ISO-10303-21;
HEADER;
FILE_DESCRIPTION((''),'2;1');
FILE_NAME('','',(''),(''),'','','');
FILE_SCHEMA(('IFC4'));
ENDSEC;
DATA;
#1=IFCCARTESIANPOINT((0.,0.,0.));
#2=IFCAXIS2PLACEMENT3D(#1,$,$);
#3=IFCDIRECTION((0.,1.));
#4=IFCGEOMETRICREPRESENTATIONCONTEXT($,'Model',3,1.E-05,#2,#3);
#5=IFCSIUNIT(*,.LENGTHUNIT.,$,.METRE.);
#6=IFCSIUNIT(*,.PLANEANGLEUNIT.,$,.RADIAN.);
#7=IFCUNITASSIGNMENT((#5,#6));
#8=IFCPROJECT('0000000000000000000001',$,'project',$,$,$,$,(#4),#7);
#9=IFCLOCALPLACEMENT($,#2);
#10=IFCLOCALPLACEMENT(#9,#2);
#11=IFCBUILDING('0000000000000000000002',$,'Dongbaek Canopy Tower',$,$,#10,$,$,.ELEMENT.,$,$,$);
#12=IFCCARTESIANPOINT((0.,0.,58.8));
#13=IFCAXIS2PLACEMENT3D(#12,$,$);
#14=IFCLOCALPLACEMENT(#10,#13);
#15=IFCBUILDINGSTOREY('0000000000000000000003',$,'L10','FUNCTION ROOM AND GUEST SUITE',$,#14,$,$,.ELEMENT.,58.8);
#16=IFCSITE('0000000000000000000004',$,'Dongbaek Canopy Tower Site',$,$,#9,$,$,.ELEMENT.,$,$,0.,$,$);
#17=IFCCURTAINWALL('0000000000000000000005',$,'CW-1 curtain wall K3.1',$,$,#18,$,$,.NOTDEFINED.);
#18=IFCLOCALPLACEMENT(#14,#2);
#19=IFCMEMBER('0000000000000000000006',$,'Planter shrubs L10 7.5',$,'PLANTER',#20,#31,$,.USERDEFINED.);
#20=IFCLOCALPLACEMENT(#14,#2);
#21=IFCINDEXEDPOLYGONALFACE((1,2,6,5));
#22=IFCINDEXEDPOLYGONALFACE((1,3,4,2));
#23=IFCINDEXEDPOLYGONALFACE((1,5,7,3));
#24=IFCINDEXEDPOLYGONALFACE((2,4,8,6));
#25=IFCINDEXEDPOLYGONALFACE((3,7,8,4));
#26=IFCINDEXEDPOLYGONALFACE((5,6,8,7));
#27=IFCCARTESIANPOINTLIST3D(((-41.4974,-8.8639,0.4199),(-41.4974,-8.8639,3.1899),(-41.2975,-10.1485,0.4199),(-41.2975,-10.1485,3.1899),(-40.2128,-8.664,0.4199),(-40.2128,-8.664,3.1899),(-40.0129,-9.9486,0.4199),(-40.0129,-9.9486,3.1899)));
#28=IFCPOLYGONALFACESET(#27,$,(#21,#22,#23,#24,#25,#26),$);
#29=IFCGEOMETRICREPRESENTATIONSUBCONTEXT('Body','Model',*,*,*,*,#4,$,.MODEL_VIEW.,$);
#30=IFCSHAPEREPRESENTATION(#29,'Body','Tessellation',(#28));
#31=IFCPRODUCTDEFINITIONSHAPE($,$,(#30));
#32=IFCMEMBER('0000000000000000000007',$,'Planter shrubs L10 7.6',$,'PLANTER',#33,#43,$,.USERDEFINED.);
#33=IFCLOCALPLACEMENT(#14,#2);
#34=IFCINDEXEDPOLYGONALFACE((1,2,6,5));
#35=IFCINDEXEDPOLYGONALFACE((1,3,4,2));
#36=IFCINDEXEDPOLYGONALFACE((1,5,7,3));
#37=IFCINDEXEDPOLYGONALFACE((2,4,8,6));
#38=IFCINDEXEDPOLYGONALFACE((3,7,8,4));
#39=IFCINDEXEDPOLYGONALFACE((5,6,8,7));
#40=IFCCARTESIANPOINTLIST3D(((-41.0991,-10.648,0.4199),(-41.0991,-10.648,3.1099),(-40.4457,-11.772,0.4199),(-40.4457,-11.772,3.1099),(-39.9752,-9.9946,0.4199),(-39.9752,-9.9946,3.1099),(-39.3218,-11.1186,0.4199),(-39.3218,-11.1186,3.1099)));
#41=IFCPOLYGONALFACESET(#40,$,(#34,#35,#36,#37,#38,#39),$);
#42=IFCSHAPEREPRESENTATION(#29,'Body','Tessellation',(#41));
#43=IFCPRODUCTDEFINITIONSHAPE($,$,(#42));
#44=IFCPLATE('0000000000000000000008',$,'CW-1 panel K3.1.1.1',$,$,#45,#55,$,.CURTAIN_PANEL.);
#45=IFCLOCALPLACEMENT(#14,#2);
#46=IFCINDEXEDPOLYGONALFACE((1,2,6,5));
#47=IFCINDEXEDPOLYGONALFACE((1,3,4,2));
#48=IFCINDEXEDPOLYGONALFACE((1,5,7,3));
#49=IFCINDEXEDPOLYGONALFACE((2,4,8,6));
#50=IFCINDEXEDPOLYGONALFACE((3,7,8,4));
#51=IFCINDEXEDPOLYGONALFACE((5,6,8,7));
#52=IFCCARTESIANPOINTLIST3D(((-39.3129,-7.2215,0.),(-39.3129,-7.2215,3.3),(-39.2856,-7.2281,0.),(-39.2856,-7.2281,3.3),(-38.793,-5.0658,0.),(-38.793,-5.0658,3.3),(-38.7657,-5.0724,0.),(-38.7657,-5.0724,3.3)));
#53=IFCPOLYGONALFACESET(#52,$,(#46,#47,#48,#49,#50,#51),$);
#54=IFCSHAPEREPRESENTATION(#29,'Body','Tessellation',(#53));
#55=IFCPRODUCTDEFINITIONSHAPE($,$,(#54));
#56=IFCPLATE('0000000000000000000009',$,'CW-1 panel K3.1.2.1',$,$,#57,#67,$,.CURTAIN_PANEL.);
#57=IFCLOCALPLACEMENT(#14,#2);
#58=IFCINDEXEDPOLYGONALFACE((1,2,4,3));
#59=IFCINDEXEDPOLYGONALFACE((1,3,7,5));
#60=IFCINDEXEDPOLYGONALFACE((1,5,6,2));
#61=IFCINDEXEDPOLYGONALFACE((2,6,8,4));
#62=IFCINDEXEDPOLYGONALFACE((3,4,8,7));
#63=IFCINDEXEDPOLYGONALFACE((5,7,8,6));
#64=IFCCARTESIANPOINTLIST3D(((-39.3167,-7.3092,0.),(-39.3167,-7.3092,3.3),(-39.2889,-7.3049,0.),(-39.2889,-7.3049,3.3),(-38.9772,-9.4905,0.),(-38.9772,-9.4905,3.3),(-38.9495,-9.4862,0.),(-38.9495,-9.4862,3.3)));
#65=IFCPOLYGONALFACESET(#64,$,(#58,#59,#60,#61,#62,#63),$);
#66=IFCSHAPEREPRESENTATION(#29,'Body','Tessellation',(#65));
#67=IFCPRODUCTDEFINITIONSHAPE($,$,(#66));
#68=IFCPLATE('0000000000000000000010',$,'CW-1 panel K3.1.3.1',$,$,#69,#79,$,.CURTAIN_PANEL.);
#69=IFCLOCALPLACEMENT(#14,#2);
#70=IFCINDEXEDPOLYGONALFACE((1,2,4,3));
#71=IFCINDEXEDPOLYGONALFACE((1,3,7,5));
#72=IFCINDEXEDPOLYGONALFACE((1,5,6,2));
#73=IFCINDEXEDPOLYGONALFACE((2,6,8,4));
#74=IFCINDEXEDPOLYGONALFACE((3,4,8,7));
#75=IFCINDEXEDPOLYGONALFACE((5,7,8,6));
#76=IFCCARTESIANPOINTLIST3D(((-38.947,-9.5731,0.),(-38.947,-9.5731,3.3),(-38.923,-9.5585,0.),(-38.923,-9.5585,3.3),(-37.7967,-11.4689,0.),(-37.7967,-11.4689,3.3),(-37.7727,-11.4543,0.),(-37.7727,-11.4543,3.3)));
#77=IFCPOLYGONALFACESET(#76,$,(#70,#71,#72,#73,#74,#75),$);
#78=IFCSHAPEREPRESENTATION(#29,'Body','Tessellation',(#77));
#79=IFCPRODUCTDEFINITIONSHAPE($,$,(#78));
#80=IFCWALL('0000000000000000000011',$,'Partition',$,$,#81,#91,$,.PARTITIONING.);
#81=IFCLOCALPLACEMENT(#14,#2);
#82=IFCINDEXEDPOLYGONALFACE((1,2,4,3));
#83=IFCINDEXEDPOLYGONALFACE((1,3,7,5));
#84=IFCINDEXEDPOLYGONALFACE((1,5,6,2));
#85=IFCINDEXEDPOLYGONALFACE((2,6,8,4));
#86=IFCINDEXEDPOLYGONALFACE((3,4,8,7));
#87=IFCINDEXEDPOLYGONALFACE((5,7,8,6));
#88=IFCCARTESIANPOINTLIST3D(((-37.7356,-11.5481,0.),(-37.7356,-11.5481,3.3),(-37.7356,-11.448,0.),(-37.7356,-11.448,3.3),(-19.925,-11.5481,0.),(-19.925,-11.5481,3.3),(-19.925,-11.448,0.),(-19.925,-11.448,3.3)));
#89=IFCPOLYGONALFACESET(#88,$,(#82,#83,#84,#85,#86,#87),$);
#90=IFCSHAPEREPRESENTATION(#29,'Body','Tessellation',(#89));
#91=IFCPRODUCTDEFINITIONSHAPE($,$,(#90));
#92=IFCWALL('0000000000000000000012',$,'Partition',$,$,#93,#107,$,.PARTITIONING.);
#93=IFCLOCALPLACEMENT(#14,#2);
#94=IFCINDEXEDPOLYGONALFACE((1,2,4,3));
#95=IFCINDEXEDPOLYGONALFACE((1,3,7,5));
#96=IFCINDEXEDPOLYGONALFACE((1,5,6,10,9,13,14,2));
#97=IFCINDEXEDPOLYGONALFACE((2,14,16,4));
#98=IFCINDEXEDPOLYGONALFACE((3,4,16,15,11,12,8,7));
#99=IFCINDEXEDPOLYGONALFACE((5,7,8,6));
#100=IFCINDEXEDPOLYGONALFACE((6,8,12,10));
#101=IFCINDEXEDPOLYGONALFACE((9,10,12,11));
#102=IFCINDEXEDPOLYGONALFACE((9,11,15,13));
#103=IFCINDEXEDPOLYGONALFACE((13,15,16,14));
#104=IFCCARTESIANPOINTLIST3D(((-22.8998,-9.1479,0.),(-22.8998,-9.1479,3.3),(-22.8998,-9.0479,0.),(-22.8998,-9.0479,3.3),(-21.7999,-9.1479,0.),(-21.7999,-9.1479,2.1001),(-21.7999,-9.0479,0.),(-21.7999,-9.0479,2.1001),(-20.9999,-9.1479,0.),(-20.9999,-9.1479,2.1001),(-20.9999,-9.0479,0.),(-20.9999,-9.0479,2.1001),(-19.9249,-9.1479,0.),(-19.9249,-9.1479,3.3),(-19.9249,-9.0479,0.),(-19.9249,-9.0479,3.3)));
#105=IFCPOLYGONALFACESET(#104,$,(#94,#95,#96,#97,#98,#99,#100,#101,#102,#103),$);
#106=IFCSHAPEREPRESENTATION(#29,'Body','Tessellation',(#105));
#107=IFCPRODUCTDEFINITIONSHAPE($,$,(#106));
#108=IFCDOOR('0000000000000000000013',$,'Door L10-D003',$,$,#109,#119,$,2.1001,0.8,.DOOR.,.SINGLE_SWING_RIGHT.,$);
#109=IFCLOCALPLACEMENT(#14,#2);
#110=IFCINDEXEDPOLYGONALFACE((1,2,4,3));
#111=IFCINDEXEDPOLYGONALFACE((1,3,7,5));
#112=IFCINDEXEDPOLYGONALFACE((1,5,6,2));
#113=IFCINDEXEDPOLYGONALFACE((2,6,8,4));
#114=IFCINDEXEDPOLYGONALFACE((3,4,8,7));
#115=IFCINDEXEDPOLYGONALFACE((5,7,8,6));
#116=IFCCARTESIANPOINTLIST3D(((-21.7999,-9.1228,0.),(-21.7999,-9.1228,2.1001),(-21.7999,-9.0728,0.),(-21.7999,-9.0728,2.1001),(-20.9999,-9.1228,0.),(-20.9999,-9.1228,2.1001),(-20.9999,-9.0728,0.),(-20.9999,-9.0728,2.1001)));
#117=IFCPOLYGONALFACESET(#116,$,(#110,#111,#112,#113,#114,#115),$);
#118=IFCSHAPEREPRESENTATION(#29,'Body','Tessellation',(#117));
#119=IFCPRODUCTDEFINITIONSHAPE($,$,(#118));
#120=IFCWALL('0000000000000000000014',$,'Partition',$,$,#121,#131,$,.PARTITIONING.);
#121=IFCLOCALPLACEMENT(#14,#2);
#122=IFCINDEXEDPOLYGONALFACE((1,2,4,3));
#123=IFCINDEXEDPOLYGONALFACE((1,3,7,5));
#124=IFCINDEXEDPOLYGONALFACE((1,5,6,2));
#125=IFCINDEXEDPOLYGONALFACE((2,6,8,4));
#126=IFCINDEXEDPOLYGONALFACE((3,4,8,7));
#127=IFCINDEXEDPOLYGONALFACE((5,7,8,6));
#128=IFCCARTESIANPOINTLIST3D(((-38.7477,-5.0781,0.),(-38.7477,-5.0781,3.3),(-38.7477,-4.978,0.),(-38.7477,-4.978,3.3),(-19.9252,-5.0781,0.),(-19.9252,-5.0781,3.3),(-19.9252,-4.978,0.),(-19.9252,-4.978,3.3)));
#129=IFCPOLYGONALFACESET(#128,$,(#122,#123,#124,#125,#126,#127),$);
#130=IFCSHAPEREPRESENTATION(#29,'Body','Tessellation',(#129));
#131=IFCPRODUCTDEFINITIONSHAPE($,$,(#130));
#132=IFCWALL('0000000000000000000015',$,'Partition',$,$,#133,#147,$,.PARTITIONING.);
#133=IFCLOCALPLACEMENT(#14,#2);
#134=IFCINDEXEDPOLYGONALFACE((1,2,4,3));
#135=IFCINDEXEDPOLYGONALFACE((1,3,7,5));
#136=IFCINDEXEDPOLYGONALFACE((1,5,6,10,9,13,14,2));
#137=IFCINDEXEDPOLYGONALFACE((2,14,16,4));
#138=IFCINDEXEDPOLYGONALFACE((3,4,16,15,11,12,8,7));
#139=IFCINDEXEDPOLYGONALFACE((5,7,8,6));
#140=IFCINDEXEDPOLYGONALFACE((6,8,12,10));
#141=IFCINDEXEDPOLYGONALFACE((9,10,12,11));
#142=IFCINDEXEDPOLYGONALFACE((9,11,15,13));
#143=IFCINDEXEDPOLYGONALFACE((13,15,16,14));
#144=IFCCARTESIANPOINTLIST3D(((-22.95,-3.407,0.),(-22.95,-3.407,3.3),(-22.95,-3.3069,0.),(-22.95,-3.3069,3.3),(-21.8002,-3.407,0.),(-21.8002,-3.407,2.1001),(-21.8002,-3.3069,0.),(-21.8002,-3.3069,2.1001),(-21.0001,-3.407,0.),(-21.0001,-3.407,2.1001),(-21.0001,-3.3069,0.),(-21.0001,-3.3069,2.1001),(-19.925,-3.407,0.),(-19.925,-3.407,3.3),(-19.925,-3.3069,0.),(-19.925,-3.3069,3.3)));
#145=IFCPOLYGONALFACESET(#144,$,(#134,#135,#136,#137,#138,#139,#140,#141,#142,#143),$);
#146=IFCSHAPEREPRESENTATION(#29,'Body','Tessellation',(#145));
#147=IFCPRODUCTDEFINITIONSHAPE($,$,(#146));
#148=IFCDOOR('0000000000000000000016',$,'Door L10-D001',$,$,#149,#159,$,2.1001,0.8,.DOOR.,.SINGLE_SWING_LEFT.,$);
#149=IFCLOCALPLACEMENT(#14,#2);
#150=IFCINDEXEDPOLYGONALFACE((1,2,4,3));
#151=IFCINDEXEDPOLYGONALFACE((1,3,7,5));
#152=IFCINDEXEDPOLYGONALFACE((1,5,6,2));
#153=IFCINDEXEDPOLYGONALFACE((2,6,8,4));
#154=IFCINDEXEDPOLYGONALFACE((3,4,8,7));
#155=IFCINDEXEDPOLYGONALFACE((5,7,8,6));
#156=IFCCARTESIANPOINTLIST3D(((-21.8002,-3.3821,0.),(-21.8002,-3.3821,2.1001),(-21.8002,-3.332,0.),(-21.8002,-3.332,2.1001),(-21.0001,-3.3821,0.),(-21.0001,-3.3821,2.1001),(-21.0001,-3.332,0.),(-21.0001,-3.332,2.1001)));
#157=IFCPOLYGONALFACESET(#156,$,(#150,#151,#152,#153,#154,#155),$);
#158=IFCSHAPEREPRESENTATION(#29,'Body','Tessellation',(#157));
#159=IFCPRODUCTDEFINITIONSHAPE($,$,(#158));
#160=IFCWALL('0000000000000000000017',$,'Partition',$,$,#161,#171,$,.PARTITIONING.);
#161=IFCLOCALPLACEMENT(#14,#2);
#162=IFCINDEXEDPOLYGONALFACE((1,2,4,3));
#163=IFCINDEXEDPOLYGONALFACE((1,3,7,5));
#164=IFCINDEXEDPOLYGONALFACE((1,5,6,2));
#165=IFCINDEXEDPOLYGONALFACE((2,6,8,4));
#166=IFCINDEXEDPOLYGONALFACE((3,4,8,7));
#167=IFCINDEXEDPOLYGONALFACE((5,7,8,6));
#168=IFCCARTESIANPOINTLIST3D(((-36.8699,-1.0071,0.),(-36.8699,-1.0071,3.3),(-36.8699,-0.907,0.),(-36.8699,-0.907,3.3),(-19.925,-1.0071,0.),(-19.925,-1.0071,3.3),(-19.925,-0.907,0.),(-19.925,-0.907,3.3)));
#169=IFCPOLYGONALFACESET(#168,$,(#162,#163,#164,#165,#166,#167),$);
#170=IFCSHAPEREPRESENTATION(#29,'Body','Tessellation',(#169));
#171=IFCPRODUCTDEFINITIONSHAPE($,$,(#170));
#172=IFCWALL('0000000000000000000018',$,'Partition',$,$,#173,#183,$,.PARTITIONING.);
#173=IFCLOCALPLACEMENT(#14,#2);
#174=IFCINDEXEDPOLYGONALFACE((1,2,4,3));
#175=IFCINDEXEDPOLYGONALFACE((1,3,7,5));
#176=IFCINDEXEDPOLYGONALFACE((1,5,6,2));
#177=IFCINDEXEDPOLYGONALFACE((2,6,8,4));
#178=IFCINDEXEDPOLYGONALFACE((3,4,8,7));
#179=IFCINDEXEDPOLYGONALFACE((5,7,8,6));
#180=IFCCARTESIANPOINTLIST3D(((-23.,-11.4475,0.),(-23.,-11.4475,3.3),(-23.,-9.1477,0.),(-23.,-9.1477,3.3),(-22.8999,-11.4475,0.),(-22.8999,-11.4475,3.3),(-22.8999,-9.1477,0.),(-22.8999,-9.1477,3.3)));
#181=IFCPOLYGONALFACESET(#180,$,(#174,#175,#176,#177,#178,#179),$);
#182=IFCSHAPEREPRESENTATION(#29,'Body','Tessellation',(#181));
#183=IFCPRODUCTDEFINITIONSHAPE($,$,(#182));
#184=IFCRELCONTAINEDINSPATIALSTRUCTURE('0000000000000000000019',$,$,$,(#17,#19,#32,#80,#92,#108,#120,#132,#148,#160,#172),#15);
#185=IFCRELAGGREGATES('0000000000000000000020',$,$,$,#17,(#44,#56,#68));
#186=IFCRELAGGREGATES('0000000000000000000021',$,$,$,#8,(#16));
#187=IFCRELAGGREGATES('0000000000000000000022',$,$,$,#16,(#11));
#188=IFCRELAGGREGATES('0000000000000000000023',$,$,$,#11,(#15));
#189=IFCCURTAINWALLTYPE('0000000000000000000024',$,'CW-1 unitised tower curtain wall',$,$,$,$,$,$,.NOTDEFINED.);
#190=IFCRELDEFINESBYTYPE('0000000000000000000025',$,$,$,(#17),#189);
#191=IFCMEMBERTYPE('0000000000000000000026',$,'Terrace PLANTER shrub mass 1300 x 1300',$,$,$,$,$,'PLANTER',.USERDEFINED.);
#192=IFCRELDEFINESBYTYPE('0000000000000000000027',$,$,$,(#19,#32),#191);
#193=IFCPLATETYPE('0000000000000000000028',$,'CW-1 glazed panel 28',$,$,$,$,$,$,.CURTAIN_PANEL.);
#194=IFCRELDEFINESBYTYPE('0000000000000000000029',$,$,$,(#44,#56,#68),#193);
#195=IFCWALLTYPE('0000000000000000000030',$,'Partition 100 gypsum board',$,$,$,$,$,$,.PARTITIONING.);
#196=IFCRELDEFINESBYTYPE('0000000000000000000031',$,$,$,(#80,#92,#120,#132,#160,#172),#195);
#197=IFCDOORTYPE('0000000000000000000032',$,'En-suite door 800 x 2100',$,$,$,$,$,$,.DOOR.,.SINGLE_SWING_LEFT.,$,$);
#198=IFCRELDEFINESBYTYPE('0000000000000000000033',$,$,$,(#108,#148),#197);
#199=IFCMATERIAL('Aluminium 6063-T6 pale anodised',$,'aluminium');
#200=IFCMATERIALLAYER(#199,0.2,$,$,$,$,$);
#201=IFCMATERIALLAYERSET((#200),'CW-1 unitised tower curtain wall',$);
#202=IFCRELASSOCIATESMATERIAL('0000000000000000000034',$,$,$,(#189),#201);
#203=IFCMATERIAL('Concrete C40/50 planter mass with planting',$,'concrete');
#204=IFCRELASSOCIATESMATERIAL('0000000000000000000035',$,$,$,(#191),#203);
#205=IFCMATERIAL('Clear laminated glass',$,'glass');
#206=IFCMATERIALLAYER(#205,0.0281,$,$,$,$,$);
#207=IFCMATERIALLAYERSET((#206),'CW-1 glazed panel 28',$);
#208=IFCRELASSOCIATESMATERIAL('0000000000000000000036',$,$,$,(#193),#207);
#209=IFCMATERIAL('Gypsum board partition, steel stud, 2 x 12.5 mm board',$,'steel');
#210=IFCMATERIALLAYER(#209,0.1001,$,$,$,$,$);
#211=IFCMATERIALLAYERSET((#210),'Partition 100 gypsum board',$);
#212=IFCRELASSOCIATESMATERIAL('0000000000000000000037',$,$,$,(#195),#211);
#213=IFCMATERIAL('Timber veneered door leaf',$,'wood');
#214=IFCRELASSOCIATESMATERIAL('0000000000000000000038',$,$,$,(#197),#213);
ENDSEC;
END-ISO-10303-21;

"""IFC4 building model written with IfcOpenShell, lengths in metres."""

from ifc_helpers import new_model, si_unit, direction, frame, frame_2d, origin, origin_2d, place, context, subcontext, project, spatial, rectangle, extrude, material, layer, layer_set, material_profile, profile_set, type_object, element, fill, aggregate, save


model = new_model("IFC4")

# Units and contexts
model_context = context("Model", 3, precision=1e-05, world=origin(), true_north=direction((0.0, 1.0)))
body_context = subcontext(model_context, "Body", "Model", "MODEL_VIEW")
ifc_project = project(units=[si_unit("LENGTHUNIT", "METRE"), si_unit("PLANEANGLEUNIT", "RADIAN")], contexts=[model_context])

# Site, building, storey
site_placement = place(None, origin())
site = spatial("IfcSite", under=ifc_project, at=site_placement, Name="Dongbaek Canopy Tower Site", CompositionType="ELEMENT", RefElevation=0.0)
building_placement = place(site_placement, origin())
building = spatial("IfcBuilding", under=site, at=building_placement, Name="Dongbaek Canopy Tower", CompositionType="ELEMENT")
storey_placement = place(building_placement, frame((0.0, 0.0, 58.8)))
storey = spatial("IfcBuildingStorey", under=building, at=storey_placement, Name="L10", Description="FUNCTION ROOM AND GUEST SUITE", CompositionType="ELEMENT", Elevation=58.8)

# Curtain wall
ifc_material_1 = material(Name="Aluminium 6063-T6 pale anodised", Category="aluminium")
ifc_layer_1 = layer(ifc_material_1, 0.2)
ifc_layer_set_1 = layer_set([ifc_layer_1], Name="CW-1 unitised tower curtain wall")
curtain_wall_type = type_object("IfcCurtainWallType", Name="CW-1 unitised tower curtain wall", PredefinedType="NOTDEFINED", material=ifc_layer_set_1)
curtain_wall_1_placement = place(storey_placement, origin())
curtain_wall_1 = element("IfcCurtainWall", 1, at=curtain_wall_1_placement, inside=storey, type_object=curtain_wall_type, Name="CW-1 curtain wall K3.1", PredefinedType="NOTDEFINED")

# Members
ifc_material_2 = material(Name="Concrete C40/50 planter mass with planting", Category="concrete")
ifc_material_profile_1 = material_profile(ifc_material_2, rectangle(XDim=1.3, YDim=1.3, at=origin_2d()), Name="Terrace PLANTER shrub mass 1300 x 1300")
ifc_profile_set_1 = profile_set([ifc_material_profile_1], Name="Concrete C40/50 planter mass with planting")
member_type_1 = type_object("IfcMemberType", Name="Terrace PLANTER shrub mass 1300 x 1300", ElementType="PLANTER", PredefinedType="USERDEFINED", material=ifc_profile_set_1)
member_1_placement = place(storey_placement, frame((-40.7551, -9.4062, 0.4199), z_axis=(0.0, 0.0, 1.0), x_axis=(-0.988106, -0.153774, 0.0)))
element("IfcMember", 2, at=member_1_placement, inside=storey, type_object=member_type_1, Name="Planter shrubs L10 7.5", ObjectType="PLANTER", PredefinedType="USERDEFINED", context=body_context, shape_type="SweptSolid", body=[
    extrude(rectangle(XDim=1.3, YDim=1.3, at=origin_2d()), origin(), (0.0, 0.0, 1.0), 2.77),
])
member_2_placement = place(storey_placement, frame((-40.2104, -10.8833, 0.4199), z_axis=(0.0, 0.0, 1.0), x_axis=(-0.864536, -0.502571, 0.0)))
element("IfcMember", 3, at=member_2_placement, inside=storey, type_object=member_type_1, Name="Planter shrubs L10 7.6", ObjectType="PLANTER", PredefinedType="USERDEFINED", context=body_context, shape_type="SweptSolid", body=[
    extrude(rectangle(XDim=1.3, YDim=1.3, at=origin_2d()), origin(), (0.0, 0.0, 1.0), 2.6899),
])

# Plates
ifc_material_3 = material(Name="Clear laminated glass", Category="glass")
ifc_layer_2 = layer(ifc_material_3, 0.0281)
ifc_layer_set_2 = layer_set([ifc_layer_2], Name="CW-1 glazed panel 28")
plate_type = type_object("IfcPlateType", Name="CW-1 glazed panel 28", PredefinedType="CURTAIN_PANEL", material=ifc_layer_set_2)
plate_1_placement = place(storey_placement, frame((-39.0393, -6.147, 0.0), z_axis=(0.0, 0.0, 1.0), x_axis=(-0.234426, -0.972134, 0.0)))
plate_1 = element("IfcPlate", 4, at=plate_1_placement, type_object=plate_type, Name="CW-1 panel K3.1.1.1", PredefinedType="CURTAIN_PANEL", context=body_context, shape_type="SweptSolid", body=[
    extrude(rectangle(XDim=2.2175, YDim=0.0281, at=origin_2d()), origin(), (0.0, 0.0, 1.0), 3.3),
])
plate_2_placement = place(storey_placement, frame((-39.1331, -8.3977, 0.0), z_axis=(0.0, 0.0, 1.0), x_axis=(0.153774, -0.988106, 0.0)))
plate_2 = element("IfcPlate", 5, at=plate_2_placement, type_object=plate_type, Name="CW-1 panel K3.1.2.1", PredefinedType="CURTAIN_PANEL", context=body_context, shape_type="SweptSolid", body=[
    extrude(rectangle(XDim=2.2075, YDim=0.0281, at=origin_2d()), origin(), (0.0, 0.0, 1.0), 3.3),
])
plate_3_placement = place(storey_placement, frame((-38.3599, -10.5137, 0.0), z_axis=(0.0, 0.0, 1.0), x_axis=(0.518762, -0.854919, 0.0)))
plate_3 = element("IfcPlate", 6, at=plate_3_placement, type_object=plate_type, Name="CW-1 panel K3.1.3.1", PredefinedType="CURTAIN_PANEL", context=body_context, shape_type="SweptSolid", body=[
    extrude(rectangle(XDim=2.2175, YDim=0.0281, at=origin_2d()), origin(), (0.0, 0.0, 1.0), 3.3),
])
aggregate(curtain_wall_1, [plate_1, plate_2, plate_3])

# Wall
ifc_material_4 = material(Name="Gypsum board partition, steel stud, 2 x 12.5 mm board", Category="steel")
ifc_layer_3 = layer(ifc_material_4, 0.1001)
ifc_layer_set_3 = layer_set([ifc_layer_3], Name="Partition 100 gypsum board")
wall_type_1 = type_object("IfcWallType", Name="Partition 100 gypsum board", PredefinedType="PARTITIONING", material=ifc_layer_set_3)
wall_1_placement = place(storey_placement, frame((-37.7356, -11.498, 0.0), z_axis=(0.0, 0.0, 1.0), x_axis=(1.0, 0.0, 0.0)))
element("IfcWall", 7, at=wall_1_placement, inside=storey, type_object=wall_type_1, Name="Partition", PredefinedType="PARTITIONING", context=body_context, shape_type="SweptSolid", body=[
    extrude(rectangle(XDim=17.8105, YDim=0.1001, at=frame_2d((8.9053, 0.0))), origin(), (0.0, 0.0, 1.0), 3.3),
])

# Wall, opening, door
wall_2_placement = place(storey_placement, frame((-19.925, -9.0979, 0.0), z_axis=(0.0, 0.0, 1.0), x_axis=(-1.0, 0.0, 0.0)))
wall_2 = element("IfcWall", 8, at=wall_2_placement, inside=storey, type_object=wall_type_1, Name="Partition", PredefinedType="PARTITIONING", context=body_context, shape_type="SweptSolid", body=[
    extrude(rectangle(XDim=2.9749, YDim=0.1001, at=frame_2d((1.4873, 0.0))), origin(), (0.0, 0.0, 1.0), 3.3),
])
opening_1_placement = place(wall_2_placement, frame((1.075, 0.0, 0.0)))
opening_1 = element("IfcOpeningElement", 9, at=opening_1_placement, cuts=wall_2, PredefinedType="OPENING", context=body_context, shape_type="SweptSolid", body=[
    extrude(rectangle(XDim=0.8, YDim=2.1001, at=frame_2d((0.3999, 1.05))), frame((0.0, 0.0601, 0.0), z_axis=(0.0, -1.0, 0.0), x_axis=(1.0, 0.0, 0.0)), (0.0, 0.0, 1.0), 0.1201),
])
ifc_material_5 = material(Name="Timber veneered door leaf", Category="wood")
door_type_1 = type_object("IfcDoorType", Name="En-suite door 800 x 2100", OperationType="SINGLE_SWING_LEFT", PredefinedType="DOOR", material=ifc_material_5)
door_1_placement = place(opening_1_placement, origin())
door_1 = element("IfcDoor", 10, at=door_1_placement, inside=storey, type_object=door_type_1, Name="Door L10-D003", OperationType="SINGLE_SWING_RIGHT", OverallHeight=2.1001, OverallWidth=0.8, PredefinedType="DOOR", context=body_context, shape_type="SweptSolid", body=[
    extrude(rectangle(XDim=0.8, YDim=2.1001, at=frame_2d((0.3999, 1.05))), frame((0.0, 0.0249, 0.0), z_axis=(0.0, -1.0, 0.0), x_axis=(1.0, 0.0, 0.0)), (0.0, 0.0, 1.0), 0.05),
])
fill(opening_1, door_1)

# Wall
wall_3_placement = place(storey_placement, frame((-38.7476, -5.0281, 0.0), z_axis=(0.0, 0.0, 1.0), x_axis=(1.0, 0.0, 0.0)))
element("IfcWall", 11, at=wall_3_placement, inside=storey, type_object=wall_type_1, Name="Partition", PredefinedType="PARTITIONING", context=body_context, shape_type="SweptSolid", body=[
    extrude(rectangle(XDim=18.8225, YDim=0.1001, at=frame_2d((9.4111, 0.0))), origin(), (0.0, 0.0, 1.0), 3.3),
])

# Wall, opening, door
wall_4_placement = place(storey_placement, frame((-22.95, -3.3569, 0.0), z_axis=(0.0, 0.0, 1.0), x_axis=(1.0, 0.0, 0.0)))
wall_4 = element("IfcWall", 12, at=wall_4_placement, inside=storey, type_object=wall_type_1, Name="Partition", PredefinedType="PARTITIONING", context=body_context, shape_type="SweptSolid", body=[
    extrude(rectangle(XDim=3.0249, YDim=0.1001, at=frame_2d((1.5125, 0.0))), origin(), (0.0, 0.0, 1.0), 3.3),
])
opening_2_placement = place(wall_4_placement, frame((1.1499, 0.0, 0.0)))
opening_2 = element("IfcOpeningElement", 13, at=opening_2_placement, cuts=wall_4, PredefinedType="OPENING", context=body_context, shape_type="SweptSolid", body=[
    extrude(rectangle(XDim=0.8, YDim=2.1001, at=frame_2d((0.3999, 1.05))), frame((0.0, 0.0601, 0.0), z_axis=(0.0, -1.0, 0.0), x_axis=(1.0, 0.0, 0.0)), (0.0, 0.0, 1.0), 0.1201),
])
door_2_placement = place(opening_2_placement, origin())
door_2 = element("IfcDoor", 14, at=door_2_placement, inside=storey, type_object=door_type_1, Name="Door L10-D001", OperationType="SINGLE_SWING_LEFT", OverallHeight=2.1001, OverallWidth=0.8, PredefinedType="DOOR", context=body_context, shape_type="SweptSolid", body=[
    extrude(rectangle(XDim=0.8, YDim=2.1001, at=frame_2d((0.3999, 1.05))), frame((0.0, 0.0249, 0.0), z_axis=(0.0, -1.0, 0.0), x_axis=(1.0, 0.0, 0.0)), (0.0, 0.0, 1.0), 0.05),
])
fill(opening_2, door_2)

# Walls
wall_5_placement = place(storey_placement, frame((-36.8699, -0.957, 0.0), z_axis=(0.0, 0.0, 1.0), x_axis=(1.0, 0.0, 0.0)))
element("IfcWall", 15, at=wall_5_placement, inside=storey, type_object=wall_type_1, Name="Partition", PredefinedType="PARTITIONING", context=body_context, shape_type="SweptSolid", body=[
    extrude(rectangle(XDim=16.9448, YDim=0.1001, at=frame_2d((8.4724, 0.0))), origin(), (0.0, 0.0, 1.0), 3.3),
])
for number, where, z_axis, x_axis, name in (
    (16, (-22.95, -11.4475, 0.0), (0.0, 0.0, 1.0), (0.0, 1.0, 0.0), "Partition"),
):
    element("IfcWall", number, at=place(storey_placement, frame(where, z_axis=z_axis, x_axis=x_axis)), inside=storey, type_object=wall_type_1, Name=name, PredefinedType="PARTITIONING", context=body_context, shape_type="SweptSolid", body=[
        extrude(rectangle(XDim=2.2998, YDim=0.1001, at=frame_2d((1.1499, 0.0))), origin(), (0.0, 0.0, 1.0), 3.3),
    ])

save(model, "model.ifc")
